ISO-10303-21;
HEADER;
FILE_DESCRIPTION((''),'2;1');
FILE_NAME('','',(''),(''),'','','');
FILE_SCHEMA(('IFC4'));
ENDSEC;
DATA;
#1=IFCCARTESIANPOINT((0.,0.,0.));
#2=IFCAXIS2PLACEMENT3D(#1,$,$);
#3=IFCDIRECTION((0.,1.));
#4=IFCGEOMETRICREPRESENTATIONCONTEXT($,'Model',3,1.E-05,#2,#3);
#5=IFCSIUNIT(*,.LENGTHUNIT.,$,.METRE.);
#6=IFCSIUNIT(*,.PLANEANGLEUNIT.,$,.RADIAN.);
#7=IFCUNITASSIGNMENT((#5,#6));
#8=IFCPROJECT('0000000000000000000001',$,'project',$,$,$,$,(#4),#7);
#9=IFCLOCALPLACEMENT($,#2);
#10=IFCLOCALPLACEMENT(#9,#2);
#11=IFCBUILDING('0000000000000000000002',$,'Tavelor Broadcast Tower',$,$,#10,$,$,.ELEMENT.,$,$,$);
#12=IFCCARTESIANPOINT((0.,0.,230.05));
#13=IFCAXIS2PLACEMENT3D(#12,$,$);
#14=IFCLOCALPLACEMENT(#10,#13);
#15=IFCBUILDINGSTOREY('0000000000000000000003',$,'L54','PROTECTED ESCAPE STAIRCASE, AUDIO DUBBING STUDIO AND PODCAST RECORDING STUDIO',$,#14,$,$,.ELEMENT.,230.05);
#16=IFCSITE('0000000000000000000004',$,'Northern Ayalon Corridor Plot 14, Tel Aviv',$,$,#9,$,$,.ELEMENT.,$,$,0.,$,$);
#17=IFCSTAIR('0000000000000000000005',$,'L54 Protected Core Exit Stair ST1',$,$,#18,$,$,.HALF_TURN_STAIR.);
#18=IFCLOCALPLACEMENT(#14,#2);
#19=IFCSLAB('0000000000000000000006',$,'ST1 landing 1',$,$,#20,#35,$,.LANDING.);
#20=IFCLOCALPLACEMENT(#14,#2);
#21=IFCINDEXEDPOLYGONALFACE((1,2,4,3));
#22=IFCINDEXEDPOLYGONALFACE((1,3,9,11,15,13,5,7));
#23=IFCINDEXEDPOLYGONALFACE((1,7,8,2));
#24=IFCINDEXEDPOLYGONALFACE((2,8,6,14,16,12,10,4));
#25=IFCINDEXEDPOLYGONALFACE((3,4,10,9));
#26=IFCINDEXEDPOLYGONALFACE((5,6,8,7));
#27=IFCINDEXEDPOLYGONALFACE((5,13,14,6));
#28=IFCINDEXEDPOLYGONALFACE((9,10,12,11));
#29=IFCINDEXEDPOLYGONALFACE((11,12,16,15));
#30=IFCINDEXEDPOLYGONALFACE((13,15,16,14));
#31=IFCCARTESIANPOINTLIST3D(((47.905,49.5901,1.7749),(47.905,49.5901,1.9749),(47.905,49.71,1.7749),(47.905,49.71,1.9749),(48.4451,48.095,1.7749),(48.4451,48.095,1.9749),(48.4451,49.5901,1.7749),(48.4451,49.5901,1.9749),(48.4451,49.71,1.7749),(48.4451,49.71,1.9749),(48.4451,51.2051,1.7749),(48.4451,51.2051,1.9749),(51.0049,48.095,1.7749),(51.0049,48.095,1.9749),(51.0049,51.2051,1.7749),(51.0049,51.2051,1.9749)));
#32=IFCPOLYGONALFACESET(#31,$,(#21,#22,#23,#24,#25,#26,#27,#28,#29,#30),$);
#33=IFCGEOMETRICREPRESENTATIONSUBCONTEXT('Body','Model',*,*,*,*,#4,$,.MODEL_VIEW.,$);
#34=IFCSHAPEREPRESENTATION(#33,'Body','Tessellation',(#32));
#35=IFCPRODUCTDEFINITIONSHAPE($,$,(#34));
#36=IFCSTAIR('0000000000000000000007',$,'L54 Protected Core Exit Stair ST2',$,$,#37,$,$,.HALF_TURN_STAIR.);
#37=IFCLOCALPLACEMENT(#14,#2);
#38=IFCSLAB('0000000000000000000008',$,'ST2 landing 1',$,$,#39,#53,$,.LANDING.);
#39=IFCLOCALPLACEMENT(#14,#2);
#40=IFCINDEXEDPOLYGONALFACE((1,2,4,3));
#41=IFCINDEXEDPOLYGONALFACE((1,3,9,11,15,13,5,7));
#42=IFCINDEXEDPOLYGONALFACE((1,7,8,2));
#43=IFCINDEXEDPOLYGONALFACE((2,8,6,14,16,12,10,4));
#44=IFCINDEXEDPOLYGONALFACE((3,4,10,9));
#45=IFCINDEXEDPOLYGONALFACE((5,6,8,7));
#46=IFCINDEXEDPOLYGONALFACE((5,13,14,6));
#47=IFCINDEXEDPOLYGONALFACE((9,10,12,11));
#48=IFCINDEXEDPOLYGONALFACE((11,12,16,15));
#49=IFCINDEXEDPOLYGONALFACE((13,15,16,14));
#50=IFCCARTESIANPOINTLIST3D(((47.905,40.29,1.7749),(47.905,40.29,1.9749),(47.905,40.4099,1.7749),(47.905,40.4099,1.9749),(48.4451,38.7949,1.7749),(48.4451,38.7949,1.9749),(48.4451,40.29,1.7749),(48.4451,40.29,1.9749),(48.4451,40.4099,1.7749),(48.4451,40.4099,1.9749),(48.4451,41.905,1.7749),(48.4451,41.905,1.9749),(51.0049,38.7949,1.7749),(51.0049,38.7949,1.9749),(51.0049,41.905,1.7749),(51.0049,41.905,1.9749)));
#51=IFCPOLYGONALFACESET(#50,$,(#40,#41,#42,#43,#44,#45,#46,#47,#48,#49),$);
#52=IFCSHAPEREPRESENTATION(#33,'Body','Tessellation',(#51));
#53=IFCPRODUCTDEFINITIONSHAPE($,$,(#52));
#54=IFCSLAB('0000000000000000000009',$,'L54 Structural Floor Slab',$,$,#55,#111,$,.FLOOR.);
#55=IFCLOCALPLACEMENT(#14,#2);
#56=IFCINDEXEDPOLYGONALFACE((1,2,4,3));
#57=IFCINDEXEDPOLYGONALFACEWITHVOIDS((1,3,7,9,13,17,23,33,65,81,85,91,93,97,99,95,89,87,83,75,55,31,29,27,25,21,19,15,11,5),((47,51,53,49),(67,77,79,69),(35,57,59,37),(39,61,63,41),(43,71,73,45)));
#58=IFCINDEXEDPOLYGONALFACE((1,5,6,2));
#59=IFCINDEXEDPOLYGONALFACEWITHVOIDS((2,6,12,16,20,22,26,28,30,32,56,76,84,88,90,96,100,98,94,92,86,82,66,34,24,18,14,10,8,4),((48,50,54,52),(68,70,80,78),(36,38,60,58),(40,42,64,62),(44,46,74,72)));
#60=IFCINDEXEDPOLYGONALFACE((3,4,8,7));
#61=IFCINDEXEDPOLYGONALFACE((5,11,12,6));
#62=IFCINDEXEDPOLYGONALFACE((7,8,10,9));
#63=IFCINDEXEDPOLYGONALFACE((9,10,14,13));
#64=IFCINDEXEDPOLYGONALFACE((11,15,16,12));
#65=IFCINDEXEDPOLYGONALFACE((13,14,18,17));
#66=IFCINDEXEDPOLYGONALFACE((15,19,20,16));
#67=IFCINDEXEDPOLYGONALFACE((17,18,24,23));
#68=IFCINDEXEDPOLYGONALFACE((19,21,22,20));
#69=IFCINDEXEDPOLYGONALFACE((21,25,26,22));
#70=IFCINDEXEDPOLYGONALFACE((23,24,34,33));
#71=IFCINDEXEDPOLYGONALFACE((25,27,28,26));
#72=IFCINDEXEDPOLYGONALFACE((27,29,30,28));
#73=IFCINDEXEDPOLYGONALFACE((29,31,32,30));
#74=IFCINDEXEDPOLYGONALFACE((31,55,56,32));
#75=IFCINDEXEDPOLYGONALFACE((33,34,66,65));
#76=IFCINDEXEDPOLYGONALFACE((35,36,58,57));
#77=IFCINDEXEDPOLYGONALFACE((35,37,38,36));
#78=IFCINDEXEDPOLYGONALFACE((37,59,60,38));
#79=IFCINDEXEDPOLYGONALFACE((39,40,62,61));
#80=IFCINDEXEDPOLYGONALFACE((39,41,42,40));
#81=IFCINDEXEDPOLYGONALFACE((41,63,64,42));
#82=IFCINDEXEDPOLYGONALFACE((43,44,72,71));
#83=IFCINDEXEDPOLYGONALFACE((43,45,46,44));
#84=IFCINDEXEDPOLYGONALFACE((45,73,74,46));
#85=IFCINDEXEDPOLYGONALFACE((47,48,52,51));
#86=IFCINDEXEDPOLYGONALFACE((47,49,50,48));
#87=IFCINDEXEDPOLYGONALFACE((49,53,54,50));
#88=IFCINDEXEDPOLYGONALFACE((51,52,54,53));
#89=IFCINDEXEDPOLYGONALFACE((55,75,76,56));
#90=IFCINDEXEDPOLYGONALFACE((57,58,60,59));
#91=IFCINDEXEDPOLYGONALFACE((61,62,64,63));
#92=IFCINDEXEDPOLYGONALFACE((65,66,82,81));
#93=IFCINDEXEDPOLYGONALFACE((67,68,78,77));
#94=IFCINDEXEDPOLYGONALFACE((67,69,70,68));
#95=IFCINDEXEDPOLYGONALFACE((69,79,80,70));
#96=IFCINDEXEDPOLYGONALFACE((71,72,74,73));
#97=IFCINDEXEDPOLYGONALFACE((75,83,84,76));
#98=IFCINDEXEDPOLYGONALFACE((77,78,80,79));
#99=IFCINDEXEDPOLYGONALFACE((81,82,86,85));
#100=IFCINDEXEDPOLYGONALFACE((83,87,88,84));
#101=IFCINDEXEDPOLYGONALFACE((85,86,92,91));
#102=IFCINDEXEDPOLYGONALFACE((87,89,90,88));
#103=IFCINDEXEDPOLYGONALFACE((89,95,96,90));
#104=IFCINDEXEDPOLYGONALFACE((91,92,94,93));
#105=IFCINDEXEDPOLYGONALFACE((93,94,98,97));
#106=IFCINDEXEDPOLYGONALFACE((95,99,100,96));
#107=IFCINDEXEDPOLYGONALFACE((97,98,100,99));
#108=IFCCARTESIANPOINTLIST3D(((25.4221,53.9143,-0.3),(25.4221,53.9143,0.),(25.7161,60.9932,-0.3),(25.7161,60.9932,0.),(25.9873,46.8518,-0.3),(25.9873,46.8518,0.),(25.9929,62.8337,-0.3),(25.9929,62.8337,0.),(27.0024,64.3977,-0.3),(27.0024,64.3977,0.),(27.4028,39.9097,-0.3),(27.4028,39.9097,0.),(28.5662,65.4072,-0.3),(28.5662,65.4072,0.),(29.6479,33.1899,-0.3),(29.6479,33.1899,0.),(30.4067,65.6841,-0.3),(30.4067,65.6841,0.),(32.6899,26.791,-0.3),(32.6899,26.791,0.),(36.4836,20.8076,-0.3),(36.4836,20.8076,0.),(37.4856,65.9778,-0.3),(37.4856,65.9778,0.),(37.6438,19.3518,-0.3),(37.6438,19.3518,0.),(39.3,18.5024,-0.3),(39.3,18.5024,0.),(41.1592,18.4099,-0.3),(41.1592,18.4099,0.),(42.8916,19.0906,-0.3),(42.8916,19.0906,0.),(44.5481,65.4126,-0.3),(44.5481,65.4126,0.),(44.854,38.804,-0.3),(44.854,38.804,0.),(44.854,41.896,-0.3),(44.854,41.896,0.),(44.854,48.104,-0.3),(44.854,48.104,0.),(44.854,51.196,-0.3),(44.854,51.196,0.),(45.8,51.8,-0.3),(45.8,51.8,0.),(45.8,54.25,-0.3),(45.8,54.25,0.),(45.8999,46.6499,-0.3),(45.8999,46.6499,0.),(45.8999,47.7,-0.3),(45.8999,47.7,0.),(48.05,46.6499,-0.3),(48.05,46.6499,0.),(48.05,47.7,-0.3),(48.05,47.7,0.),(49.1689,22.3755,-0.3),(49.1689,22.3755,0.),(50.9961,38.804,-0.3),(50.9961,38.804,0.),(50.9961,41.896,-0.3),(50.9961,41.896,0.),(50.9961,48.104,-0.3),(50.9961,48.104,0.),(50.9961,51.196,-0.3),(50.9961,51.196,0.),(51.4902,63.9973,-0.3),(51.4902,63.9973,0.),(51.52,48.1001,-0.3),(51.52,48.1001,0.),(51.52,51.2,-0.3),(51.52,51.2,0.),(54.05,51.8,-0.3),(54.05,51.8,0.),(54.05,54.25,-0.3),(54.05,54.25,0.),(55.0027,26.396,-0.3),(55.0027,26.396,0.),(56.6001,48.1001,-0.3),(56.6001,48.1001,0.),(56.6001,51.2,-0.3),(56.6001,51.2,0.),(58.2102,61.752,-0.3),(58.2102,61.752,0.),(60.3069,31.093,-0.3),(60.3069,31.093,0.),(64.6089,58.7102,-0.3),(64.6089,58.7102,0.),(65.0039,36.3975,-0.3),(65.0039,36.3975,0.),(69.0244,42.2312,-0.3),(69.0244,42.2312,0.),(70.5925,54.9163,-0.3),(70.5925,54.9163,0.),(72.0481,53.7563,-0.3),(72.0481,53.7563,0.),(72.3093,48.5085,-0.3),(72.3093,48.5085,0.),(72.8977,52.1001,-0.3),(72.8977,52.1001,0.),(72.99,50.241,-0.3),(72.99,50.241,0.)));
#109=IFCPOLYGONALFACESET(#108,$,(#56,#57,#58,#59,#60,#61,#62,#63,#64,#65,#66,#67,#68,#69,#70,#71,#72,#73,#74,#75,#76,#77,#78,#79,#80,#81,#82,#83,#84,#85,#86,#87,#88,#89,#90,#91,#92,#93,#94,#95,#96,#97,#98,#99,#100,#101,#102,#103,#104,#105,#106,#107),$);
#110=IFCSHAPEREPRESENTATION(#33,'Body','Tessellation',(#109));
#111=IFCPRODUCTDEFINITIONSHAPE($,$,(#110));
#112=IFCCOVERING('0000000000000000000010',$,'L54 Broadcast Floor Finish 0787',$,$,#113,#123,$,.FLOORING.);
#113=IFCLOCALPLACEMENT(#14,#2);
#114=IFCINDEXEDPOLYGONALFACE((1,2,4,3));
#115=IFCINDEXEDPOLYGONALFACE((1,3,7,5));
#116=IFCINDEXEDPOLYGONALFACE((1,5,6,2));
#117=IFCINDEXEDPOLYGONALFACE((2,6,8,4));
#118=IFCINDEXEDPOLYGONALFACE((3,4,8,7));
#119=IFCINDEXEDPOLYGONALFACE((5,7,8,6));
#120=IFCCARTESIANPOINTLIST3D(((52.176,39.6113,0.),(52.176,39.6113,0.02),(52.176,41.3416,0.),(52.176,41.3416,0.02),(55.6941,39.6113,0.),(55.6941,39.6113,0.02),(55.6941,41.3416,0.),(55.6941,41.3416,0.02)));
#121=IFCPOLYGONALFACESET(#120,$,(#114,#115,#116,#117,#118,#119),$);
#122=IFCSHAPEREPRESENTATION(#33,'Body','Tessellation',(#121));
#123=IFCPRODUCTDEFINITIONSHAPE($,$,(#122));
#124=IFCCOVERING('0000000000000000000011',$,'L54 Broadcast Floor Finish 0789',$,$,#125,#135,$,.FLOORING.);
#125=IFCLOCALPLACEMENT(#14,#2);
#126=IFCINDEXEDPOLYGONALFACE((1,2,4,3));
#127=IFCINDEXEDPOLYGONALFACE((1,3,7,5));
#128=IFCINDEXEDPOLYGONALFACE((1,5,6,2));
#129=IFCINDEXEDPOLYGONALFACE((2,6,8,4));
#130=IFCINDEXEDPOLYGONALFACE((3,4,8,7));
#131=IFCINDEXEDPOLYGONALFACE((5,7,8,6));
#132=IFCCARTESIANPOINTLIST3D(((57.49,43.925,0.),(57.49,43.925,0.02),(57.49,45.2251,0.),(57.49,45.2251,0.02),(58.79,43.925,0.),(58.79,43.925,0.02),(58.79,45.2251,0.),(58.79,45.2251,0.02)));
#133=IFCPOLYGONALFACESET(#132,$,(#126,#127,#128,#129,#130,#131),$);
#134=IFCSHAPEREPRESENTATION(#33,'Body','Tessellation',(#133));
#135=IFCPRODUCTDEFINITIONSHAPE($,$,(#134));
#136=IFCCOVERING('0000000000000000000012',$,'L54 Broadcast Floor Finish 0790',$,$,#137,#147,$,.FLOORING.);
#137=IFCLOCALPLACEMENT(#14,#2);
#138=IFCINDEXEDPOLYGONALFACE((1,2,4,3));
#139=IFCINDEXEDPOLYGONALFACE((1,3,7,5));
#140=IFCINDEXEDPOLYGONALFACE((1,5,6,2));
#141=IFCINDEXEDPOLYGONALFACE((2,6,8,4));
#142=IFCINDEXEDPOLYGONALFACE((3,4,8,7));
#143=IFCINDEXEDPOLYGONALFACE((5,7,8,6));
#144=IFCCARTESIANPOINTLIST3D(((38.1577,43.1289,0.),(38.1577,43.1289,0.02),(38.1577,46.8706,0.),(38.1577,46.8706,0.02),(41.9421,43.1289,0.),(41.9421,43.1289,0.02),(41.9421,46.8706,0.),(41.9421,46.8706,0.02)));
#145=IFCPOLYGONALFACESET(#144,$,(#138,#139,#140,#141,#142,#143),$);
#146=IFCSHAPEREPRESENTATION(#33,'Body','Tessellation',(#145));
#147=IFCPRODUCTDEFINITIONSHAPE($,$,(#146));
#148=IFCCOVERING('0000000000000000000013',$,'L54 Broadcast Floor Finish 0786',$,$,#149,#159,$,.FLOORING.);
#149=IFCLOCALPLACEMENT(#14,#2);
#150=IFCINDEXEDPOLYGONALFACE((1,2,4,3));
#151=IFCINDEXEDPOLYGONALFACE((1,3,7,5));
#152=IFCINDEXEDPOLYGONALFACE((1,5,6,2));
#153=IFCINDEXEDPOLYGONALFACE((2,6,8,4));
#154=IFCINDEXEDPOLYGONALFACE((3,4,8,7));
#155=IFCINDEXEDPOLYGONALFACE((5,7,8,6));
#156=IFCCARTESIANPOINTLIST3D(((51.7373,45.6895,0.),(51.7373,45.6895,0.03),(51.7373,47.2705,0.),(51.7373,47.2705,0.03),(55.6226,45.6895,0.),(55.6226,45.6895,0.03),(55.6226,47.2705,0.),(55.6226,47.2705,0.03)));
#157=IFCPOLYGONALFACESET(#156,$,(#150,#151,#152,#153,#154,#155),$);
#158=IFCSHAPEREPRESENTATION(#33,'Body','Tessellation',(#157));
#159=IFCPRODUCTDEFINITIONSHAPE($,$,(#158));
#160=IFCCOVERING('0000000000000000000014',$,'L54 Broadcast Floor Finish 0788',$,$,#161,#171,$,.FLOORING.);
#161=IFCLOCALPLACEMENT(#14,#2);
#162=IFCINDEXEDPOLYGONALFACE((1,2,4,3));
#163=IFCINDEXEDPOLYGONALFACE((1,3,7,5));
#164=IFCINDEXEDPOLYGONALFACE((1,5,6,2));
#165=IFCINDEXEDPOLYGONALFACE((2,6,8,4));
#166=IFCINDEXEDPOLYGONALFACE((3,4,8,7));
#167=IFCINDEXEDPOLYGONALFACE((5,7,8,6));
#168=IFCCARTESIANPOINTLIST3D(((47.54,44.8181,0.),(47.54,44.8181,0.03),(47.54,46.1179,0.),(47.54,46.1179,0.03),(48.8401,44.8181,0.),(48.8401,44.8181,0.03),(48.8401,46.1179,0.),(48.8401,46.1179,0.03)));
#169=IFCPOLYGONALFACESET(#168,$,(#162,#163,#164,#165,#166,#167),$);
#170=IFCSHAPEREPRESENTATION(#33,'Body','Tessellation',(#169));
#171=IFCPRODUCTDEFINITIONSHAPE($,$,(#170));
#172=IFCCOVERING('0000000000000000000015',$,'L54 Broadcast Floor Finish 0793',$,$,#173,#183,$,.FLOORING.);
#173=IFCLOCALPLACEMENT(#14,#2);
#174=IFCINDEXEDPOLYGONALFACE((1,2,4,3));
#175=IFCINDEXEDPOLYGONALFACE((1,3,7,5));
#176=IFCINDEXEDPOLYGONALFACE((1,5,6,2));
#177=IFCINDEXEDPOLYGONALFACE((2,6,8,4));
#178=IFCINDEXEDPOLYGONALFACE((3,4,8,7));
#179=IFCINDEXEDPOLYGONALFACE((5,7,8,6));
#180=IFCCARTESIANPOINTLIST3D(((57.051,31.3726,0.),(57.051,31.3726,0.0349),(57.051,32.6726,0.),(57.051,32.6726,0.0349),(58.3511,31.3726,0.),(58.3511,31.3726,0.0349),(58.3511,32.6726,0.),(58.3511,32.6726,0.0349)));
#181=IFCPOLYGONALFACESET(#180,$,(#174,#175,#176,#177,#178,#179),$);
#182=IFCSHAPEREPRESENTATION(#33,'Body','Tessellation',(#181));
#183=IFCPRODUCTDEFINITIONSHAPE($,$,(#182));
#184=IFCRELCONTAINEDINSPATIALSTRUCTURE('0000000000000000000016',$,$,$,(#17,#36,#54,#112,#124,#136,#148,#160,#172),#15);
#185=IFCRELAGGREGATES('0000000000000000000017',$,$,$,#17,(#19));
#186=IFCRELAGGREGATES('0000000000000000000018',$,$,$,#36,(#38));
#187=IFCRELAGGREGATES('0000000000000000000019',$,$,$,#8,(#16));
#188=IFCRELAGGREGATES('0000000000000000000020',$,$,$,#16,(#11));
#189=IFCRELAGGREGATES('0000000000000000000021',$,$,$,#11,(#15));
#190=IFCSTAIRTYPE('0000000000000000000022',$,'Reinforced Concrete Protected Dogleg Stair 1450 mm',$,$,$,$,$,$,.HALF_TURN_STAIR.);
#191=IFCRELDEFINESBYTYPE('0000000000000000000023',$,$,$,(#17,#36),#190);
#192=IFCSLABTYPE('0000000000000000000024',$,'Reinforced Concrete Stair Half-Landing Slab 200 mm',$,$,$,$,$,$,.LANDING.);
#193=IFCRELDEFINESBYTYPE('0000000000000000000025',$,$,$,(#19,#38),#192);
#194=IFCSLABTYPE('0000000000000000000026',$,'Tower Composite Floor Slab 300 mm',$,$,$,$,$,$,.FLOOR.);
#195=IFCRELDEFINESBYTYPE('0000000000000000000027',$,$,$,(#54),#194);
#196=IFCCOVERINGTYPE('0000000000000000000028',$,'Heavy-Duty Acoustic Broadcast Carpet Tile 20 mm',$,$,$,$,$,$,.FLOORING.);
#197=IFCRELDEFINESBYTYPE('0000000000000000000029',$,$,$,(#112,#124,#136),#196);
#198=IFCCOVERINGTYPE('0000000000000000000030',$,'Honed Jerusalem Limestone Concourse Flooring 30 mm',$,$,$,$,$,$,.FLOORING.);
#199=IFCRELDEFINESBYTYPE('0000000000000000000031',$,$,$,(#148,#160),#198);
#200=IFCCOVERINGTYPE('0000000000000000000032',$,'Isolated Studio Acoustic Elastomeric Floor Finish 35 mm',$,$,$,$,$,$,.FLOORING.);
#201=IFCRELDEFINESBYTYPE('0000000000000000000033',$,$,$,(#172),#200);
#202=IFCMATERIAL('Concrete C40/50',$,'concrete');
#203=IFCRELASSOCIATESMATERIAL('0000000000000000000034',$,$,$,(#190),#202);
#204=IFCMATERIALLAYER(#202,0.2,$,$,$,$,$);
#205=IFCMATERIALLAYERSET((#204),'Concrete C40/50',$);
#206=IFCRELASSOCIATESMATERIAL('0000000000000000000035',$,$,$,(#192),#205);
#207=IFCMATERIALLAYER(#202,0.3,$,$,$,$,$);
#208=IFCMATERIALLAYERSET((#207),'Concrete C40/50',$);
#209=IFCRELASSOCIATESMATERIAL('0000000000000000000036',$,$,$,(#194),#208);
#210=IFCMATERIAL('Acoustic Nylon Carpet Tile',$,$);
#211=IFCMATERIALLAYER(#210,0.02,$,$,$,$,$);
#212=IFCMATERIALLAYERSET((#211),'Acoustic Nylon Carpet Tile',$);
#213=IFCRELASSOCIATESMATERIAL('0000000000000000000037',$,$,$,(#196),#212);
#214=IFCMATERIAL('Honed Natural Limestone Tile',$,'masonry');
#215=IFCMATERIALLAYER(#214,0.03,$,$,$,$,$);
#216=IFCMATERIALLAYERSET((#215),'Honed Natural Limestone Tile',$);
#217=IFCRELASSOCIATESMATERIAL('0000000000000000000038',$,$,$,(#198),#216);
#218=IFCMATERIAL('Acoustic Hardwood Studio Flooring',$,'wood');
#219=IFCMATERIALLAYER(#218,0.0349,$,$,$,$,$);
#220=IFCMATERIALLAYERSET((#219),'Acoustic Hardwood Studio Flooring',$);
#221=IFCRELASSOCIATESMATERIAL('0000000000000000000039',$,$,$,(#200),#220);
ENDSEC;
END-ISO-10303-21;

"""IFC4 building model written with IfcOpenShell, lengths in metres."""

from ifc_helpers import new_model, si_unit, direction, frame, origin, place, context, subcontext, project, spatial, polyline, outline, extrude, material, layer, layer_set, type_object, element, aggregate, save


model = new_model("IFC4")

# Units and contexts
model_context = context("Model", 3, precision=1e-05, world=origin(), true_north=direction((0.0, 1.0)))
body_context = subcontext(model_context, "Body", "Model", "MODEL_VIEW")
ifc_project = project(units=[si_unit("LENGTHUNIT", "METRE"), si_unit("PLANEANGLEUNIT", "RADIAN")], contexts=[model_context])

# Site, building, storey
site_placement = place(None, origin())
site = spatial("IfcSite", under=ifc_project, at=site_placement, Name="Northern Ayalon Corridor Plot 14, Tel Aviv", CompositionType="ELEMENT", RefElevation=0.0)
building_placement = place(site_placement, origin())
building = spatial("IfcBuilding", under=site, at=building_placement, Name="Tavelor Broadcast Tower", CompositionType="ELEMENT")
storey_placement = place(building_placement, frame((0.0, 0.0, 230.05)))
storey = spatial("IfcBuildingStorey", under=building, at=storey_placement, Name="L54", Description="PROTECTED ESCAPE STAIRCASE, AUDIO DUBBING STUDIO AND PODCAST RECORDING STUDIO", CompositionType="ELEMENT", Elevation=230.05)

# Stairs, slabs
ifc_material_1 = material(Name="Concrete C40/50", Category="concrete")
stair_type = type_object("IfcStairType", Name="Reinforced Concrete Protected Dogleg Stair 1450 mm", PredefinedType="HALF_TURN_STAIR", material=ifc_material_1)
stair_1_placement = place(storey_placement, origin())
stair_1 = element("IfcStair", 1, at=stair_1_placement, inside=storey, type_object=stair_type, Name="L54 Protected Core Exit Stair ST1", PredefinedType="HALF_TURN_STAIR")
ifc_layer_1 = layer(ifc_material_1, 0.2)
ifc_layer_set_1 = layer_set([ifc_layer_1], Name="Concrete C40/50")
slab_type_1 = type_object("IfcSlabType", Name="Reinforced Concrete Stair Half-Landing Slab 200 mm", PredefinedType="LANDING", material=ifc_layer_set_1)
slab_1_placement = place(storey_placement, frame((0.0, 0.0, 1.7749)))
slab_1 = element("IfcSlab", 2, at=slab_1_placement, type_object=slab_type_1, Name="ST1 landing 1", PredefinedType="LANDING", context=body_context, shape_type="SweptSolid", body=[
    extrude(outline(polyline([(48.4451, 49.5901), (48.4451, 48.095), (51.0049, 48.095), (51.0049, 51.2051), (48.4451, 51.2051), (48.4451, 49.71), (47.905, 49.71), (47.905, 49.5901), (48.4451, 49.5901)])), origin(), (0.0, 0.0, 1.0), 0.2),
])
aggregate(stair_1, [slab_1])
stair_2_placement = place(storey_placement, origin())
stair_2 = element("IfcStair", 3, at=stair_2_placement, inside=storey, type_object=stair_type, Name="L54 Protected Core Exit Stair ST2", PredefinedType="HALF_TURN_STAIR")
slab_2_placement = place(storey_placement, frame((0.0, 0.0, 1.7749)))
slab_2 = element("IfcSlab", 4, at=slab_2_placement, type_object=slab_type_1, Name="ST2 landing 1", PredefinedType="LANDING", context=body_context, shape_type="SweptSolid", body=[
    extrude(outline(polyline([(48.4451, 40.29), (48.4451, 38.7949), (51.0049, 38.7949), (51.0049, 41.905), (48.4451, 41.905), (48.4451, 40.4099), (47.905, 40.4099), (47.905, 40.29), (48.4451, 40.29)])), origin(), (0.0, 0.0, 1.0), 0.2),
])
aggregate(stair_2, [slab_2])

# Slab
ifc_layer_2 = layer(ifc_material_1, 0.3)
ifc_layer_set_2 = layer_set([ifc_layer_2], Name="Concrete C40/50")
slab_type_2 = type_object("IfcSlabType", Name="Tower Composite Floor Slab 300 mm", PredefinedType="FLOOR", material=ifc_layer_set_2)
slab_3_placement = place(storey_placement, frame((0.0, 0.0, -0.3)))
element("IfcSlab", 5, at=slab_3_placement, inside=storey, type_object=slab_type_2, Name="L54 Structural Floor Slab", PredefinedType="FLOOR", context=body_context, shape_type="SweptSolid", body=[
    extrude(outline(polyline([(30.4067, 65.6841), (28.5662, 65.4072), (27.0024, 64.3977), (25.9929, 62.8337), (25.7161, 60.9932), (25.4221, 53.9143), (25.9873, 46.8518), (27.4028, 39.9097), (29.6479, 33.1899), (32.6899, 26.791), (36.4836, 20.8076), (37.6438, 19.3518), (39.3, 18.5024), (41.1592, 18.4099), (42.8916, 19.0906), (49.1689, 22.3755), (55.0027, 26.396), (60.3069, 31.093), (65.0039, 36.3975), (69.0244, 42.2312), (72.3093, 48.5085), (72.99, 50.241), (72.8977, 52.1001), (72.0481, 53.7563), (70.5925, 54.9163), (64.6089, 58.7102), (58.2102, 61.752), (51.4902, 63.9973), (44.5481, 65.4126), (37.4856, 65.9778), (30.4067, 65.6841)]), holes=[polyline([(50.9961, 41.896), (50.9961, 38.804), (44.854, 38.804), (44.854, 41.896), (50.9961, 41.896)]), polyline([(48.05, 47.7), (48.05, 46.6499), (45.8999, 46.6499), (45.8999, 47.7), (48.05, 47.7)]), polyline([(50.9961, 51.196), (50.9961, 48.104), (44.854, 48.104), (44.854, 51.196), (50.9961, 51.196)]), polyline([(56.6001, 48.1001), (51.52, 48.1001), (51.52, 51.2), (56.6001, 51.2), (56.6001, 48.1001)]), polyline([(54.05, 51.8), (45.8, 51.8), (45.8, 54.25), (54.05, 54.25), (54.05, 51.8)])]), origin(), (0.0, 0.0, 1.0), 0.3),
])

# Coverings
ifc_material_2 = material(Name="Acoustic Nylon Carpet Tile")
ifc_layer_3 = layer(ifc_material_2, 0.02)
ifc_layer_set_3 = layer_set([ifc_layer_3], Name="Acoustic Nylon Carpet Tile")
covering_type_1 = type_object("IfcCoveringType", Name="Heavy-Duty Acoustic Broadcast Carpet Tile 20 mm", PredefinedType="FLOORING", material=ifc_layer_set_3)
covering_1_placement = place(storey_placement, origin())
element("IfcCovering", 6, at=covering_1_placement, inside=storey, type_object=covering_type_1, Name="L54 Broadcast Floor Finish 0787", PredefinedType="FLOORING", context=body_context, shape_type="SweptSolid", body=[
    extrude(outline(polyline([(52.176, 39.6113), (55.6941, 39.6113), (55.6941, 41.3416), (52.176, 41.3416), (52.176, 39.6113)])), origin(), (0.0, 0.0, 1.0), 0.02),
])
covering_2_placement = place(storey_placement, origin())
element("IfcCovering", 7, at=covering_2_placement, inside=storey, type_object=covering_type_1, Name="L54 Broadcast Floor Finish 0789", PredefinedType="FLOORING", context=body_context, shape_type="SweptSolid", body=[
    extrude(outline(polyline([(57.49, 43.925), (58.79, 43.925), (58.79, 45.2251), (57.49, 45.2251), (57.49, 43.925)])), origin(), (0.0, 0.0, 1.0), 0.02),
])
covering_3_placement = place(storey_placement, origin())
element("IfcCovering", 8, at=covering_3_placement, inside=storey, type_object=covering_type_1, Name="L54 Broadcast Floor Finish 0790", PredefinedType="FLOORING", context=body_context, shape_type="SweptSolid", body=[
    extrude(outline(polyline([(38.1577, 43.1289), (41.9421, 43.1289), (41.9421, 46.8706), (38.1577, 46.8706), (38.1577, 43.1289)])), origin(), (0.0, 0.0, 1.0), 0.02),
])
ifc_material_3 = material(Name="Honed Natural Limestone Tile", Category="masonry")
ifc_layer_4 = layer(ifc_material_3, 0.03)
ifc_layer_set_4 = layer_set([ifc_layer_4], Name="Honed Natural Limestone Tile")
covering_type_2 = type_object("IfcCoveringType", Name="Honed Jerusalem Limestone Concourse Flooring 30 mm", PredefinedType="FLOORING", material=ifc_layer_set_4)
covering_4_placement = place(storey_placement, origin())
element("IfcCovering", 9, at=covering_4_placement, inside=storey, type_object=covering_type_2, Name="L54 Broadcast Floor Finish 0786", PredefinedType="FLOORING", context=body_context, shape_type="SweptSolid", body=[
    extrude(outline(polyline([(51.7373, 45.6895), (55.6226, 45.6895), (55.6226, 47.2705), (51.7373, 47.2705), (51.7373, 45.6895)])), origin(), (0.0, 0.0, 1.0), 0.03),
])
covering_5_placement = place(storey_placement, origin())
element("IfcCovering", 10, at=covering_5_placement, inside=storey, type_object=covering_type_2, Name="L54 Broadcast Floor Finish 0788", PredefinedType="FLOORING", context=body_context, shape_type="SweptSolid", body=[
    extrude(outline(polyline([(47.54, 44.8181), (48.8401, 44.8181), (48.8401, 46.1179), (47.54, 46.1179), (47.54, 44.8181)])), origin(), (0.0, 0.0, 1.0), 0.03),
])
ifc_material_4 = material(Name="Acoustic Hardwood Studio Flooring", Category="wood")
ifc_layer_5 = layer(ifc_material_4, 0.0349)
ifc_layer_set_5 = layer_set([ifc_layer_5], Name="Acoustic Hardwood Studio Flooring")
covering_type_3 = type_object("IfcCoveringType", Name="Isolated Studio Acoustic Elastomeric Floor Finish 35 mm", PredefinedType="FLOORING", material=ifc_layer_set_5)
covering_6_placement = place(storey_placement, origin())
element("IfcCovering", 11, at=covering_6_placement, inside=storey, type_object=covering_type_3, Name="L54 Broadcast Floor Finish 0793", PredefinedType="FLOORING", context=body_context, shape_type="SweptSolid", body=[
    extrude(outline(polyline([(57.051, 31.3726), (58.3511, 31.3726), (58.3511, 32.6726), (57.051, 32.6726), (57.051, 31.3726)])), origin(), (0.0, 0.0, 1.0), 0.0349),
])

save(model, "model.ifc")
